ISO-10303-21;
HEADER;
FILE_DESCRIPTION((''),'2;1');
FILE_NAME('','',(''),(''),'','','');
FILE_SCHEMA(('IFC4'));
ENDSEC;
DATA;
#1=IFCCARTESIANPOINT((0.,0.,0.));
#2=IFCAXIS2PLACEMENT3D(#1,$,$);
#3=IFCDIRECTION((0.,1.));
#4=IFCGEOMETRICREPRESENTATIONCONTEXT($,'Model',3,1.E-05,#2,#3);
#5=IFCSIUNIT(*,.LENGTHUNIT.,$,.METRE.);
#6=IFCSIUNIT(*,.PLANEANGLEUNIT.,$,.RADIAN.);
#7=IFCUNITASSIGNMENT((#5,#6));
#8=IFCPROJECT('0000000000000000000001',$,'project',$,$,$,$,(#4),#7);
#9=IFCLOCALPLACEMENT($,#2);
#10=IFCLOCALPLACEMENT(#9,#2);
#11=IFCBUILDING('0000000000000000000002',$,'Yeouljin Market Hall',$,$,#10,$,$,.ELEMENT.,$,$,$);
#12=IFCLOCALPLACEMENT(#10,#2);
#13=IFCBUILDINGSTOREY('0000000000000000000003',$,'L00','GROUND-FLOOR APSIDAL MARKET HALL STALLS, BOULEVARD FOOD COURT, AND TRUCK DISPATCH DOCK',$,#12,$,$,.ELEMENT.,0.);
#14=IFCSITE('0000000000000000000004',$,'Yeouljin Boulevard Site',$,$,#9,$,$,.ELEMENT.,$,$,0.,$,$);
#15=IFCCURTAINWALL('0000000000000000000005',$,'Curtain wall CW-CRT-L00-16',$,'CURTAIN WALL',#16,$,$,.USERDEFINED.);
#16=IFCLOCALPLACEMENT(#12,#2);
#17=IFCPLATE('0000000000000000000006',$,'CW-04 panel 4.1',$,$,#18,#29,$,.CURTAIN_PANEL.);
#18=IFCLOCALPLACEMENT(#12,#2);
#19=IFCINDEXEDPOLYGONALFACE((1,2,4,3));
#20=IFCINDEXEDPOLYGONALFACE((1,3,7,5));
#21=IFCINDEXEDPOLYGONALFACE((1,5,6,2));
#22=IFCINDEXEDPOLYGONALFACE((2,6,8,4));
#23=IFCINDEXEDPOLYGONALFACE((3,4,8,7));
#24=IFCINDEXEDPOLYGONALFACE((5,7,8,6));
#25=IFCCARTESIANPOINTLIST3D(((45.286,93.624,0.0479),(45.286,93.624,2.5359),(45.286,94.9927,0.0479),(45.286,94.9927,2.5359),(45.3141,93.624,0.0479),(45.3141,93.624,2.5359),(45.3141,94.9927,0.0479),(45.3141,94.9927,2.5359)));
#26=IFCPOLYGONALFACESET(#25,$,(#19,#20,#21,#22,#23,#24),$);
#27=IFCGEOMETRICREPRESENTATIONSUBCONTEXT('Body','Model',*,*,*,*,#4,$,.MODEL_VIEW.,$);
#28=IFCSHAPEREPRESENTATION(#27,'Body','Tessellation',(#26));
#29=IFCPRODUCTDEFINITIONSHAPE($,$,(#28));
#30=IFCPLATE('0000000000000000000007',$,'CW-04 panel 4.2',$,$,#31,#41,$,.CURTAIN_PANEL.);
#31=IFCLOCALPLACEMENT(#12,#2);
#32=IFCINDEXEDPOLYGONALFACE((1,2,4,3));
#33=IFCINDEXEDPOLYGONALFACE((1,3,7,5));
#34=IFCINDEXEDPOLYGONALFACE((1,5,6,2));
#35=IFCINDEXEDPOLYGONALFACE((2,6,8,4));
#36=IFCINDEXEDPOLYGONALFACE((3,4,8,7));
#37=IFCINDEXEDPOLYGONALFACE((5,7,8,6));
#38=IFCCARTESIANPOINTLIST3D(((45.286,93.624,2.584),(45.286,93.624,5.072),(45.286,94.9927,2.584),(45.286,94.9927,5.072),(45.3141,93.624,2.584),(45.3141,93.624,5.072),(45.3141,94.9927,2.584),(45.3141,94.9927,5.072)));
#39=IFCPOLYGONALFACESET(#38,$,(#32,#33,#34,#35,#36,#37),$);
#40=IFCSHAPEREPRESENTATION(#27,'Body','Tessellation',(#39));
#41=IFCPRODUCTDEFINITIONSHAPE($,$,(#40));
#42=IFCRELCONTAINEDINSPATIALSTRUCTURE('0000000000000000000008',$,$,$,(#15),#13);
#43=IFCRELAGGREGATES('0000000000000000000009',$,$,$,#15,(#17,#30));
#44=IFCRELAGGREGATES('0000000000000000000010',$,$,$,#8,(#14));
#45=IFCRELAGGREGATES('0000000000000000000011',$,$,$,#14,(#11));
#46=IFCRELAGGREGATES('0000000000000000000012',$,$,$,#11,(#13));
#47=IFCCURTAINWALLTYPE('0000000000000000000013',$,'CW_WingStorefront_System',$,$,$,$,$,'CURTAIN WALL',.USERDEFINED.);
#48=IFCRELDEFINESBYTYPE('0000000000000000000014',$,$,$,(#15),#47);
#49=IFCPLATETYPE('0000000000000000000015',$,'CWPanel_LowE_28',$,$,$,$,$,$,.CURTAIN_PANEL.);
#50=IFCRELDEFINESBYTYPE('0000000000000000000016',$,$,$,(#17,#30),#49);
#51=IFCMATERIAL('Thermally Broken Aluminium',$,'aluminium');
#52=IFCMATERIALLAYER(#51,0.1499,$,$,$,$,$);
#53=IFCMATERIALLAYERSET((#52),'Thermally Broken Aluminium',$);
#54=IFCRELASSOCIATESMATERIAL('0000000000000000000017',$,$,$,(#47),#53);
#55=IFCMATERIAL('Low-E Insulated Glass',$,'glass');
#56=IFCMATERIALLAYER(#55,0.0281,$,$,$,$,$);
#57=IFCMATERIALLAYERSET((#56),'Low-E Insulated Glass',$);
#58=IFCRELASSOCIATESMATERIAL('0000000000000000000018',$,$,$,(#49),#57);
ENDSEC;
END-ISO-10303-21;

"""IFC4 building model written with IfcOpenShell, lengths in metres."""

from ifc_helpers import new_model, si_unit, direction, frame, origin, origin_2d, place, context, subcontext, project, spatial, rectangle, extrude, material, layer, layer_set, type_object, element, aggregate, save


model = new_model("IFC4")

# Units and contexts
model_context = context("Model", 3, precision=1e-05, world=origin(), true_north=direction((0.0, 1.0)))
body_context = subcontext(model_context, "Body", "Model", "MODEL_VIEW")
ifc_project = project(units=[si_unit("LENGTHUNIT", "METRE"), si_unit("PLANEANGLEUNIT", "RADIAN")], contexts=[model_context])

# Site, building, storey
site_placement = place(None, origin())
site = spatial("IfcSite", under=ifc_project, at=site_placement, Name="Yeouljin Boulevard Site", CompositionType="ELEMENT", RefElevation=0.0)
building_placement = place(site_placement, origin())
building = spatial("IfcBuilding", under=site, at=building_placement, Name="Yeouljin Market Hall", CompositionType="ELEMENT")
storey_placement = place(building_placement, origin())
storey = spatial("IfcBuildingStorey", under=building, at=storey_placement, Name="L00", Description="GROUND-FLOOR APSIDAL MARKET HALL STALLS, BOULEVARD FOOD COURT, AND TRUCK DISPATCH DOCK", CompositionType="ELEMENT", Elevation=0.0)

# Curtain wall
ifc_material_1 = material(Name="Thermally Broken Aluminium", Category="aluminium")
ifc_layer_1 = layer(ifc_material_1, 0.1499)
ifc_layer_set_1 = layer_set([ifc_layer_1], Name="Thermally Broken Aluminium")
curtain_wall_type = type_object("IfcCurtainWallType", Name="CW_WingStorefront_System", ElementType="CURTAIN WALL", PredefinedType="USERDEFINED", material=ifc_layer_set_1)
curtain_wall_1_placement = place(storey_placement, origin())
curtain_wall_1 = element("IfcCurtainWall", 1, at=curtain_wall_1_placement, inside=storey, type_object=curtain_wall_type, Name="Curtain wall CW-CRT-L00-16", ObjectType="CURTAIN WALL", PredefinedType="USERDEFINED")

# Plates
ifc_material_2 = material(Name="Low-E Insulated Glass", Category="glass")
ifc_layer_2 = layer(ifc_material_2, 0.0281)
ifc_layer_set_2 = layer_set([ifc_layer_2], Name="Low-E Insulated Glass")
plate_type = type_object("IfcPlateType", Name="CWPanel_LowE_28", PredefinedType="CURTAIN_PANEL", material=ifc_layer_set_2)
plate_1_placement = place(storey_placement, frame((45.3, 94.3083, 0.0479), z_axis=(0.0, 0.0, 1.0), x_axis=(0.0, 1.0, 0.0)))
plate_1 = element("IfcPlate", 2, at=plate_1_placement, type_object=plate_type, Name="CW-04 panel 4.1", PredefinedType="CURTAIN_PANEL", context=body_context, shape_type="SweptSolid", body=[
    extrude(rectangle(XDim=1.3687, YDim=0.0281, at=origin_2d()), origin(), (0.0, 0.0, 1.0), 2.488),
])
plate_2_placement = place(storey_placement, frame((45.3, 94.3083, 2.584), z_axis=(0.0, 0.0, 1.0), x_axis=(0.0, 1.0, 0.0)))
plate_2 = element("IfcPlate", 3, at=plate_2_placement, type_object=plate_type, Name="CW-04 panel 4.2", PredefinedType="CURTAIN_PANEL", context=body_context, shape_type="SweptSolid", body=[
    extrude(rectangle(XDim=1.3687, YDim=0.0281, at=origin_2d()), origin(), (0.0, 0.0, 1.0), 2.488),
])
aggregate(curtain_wall_1, [plate_1, plate_2])

save(model, "model.ifc")
